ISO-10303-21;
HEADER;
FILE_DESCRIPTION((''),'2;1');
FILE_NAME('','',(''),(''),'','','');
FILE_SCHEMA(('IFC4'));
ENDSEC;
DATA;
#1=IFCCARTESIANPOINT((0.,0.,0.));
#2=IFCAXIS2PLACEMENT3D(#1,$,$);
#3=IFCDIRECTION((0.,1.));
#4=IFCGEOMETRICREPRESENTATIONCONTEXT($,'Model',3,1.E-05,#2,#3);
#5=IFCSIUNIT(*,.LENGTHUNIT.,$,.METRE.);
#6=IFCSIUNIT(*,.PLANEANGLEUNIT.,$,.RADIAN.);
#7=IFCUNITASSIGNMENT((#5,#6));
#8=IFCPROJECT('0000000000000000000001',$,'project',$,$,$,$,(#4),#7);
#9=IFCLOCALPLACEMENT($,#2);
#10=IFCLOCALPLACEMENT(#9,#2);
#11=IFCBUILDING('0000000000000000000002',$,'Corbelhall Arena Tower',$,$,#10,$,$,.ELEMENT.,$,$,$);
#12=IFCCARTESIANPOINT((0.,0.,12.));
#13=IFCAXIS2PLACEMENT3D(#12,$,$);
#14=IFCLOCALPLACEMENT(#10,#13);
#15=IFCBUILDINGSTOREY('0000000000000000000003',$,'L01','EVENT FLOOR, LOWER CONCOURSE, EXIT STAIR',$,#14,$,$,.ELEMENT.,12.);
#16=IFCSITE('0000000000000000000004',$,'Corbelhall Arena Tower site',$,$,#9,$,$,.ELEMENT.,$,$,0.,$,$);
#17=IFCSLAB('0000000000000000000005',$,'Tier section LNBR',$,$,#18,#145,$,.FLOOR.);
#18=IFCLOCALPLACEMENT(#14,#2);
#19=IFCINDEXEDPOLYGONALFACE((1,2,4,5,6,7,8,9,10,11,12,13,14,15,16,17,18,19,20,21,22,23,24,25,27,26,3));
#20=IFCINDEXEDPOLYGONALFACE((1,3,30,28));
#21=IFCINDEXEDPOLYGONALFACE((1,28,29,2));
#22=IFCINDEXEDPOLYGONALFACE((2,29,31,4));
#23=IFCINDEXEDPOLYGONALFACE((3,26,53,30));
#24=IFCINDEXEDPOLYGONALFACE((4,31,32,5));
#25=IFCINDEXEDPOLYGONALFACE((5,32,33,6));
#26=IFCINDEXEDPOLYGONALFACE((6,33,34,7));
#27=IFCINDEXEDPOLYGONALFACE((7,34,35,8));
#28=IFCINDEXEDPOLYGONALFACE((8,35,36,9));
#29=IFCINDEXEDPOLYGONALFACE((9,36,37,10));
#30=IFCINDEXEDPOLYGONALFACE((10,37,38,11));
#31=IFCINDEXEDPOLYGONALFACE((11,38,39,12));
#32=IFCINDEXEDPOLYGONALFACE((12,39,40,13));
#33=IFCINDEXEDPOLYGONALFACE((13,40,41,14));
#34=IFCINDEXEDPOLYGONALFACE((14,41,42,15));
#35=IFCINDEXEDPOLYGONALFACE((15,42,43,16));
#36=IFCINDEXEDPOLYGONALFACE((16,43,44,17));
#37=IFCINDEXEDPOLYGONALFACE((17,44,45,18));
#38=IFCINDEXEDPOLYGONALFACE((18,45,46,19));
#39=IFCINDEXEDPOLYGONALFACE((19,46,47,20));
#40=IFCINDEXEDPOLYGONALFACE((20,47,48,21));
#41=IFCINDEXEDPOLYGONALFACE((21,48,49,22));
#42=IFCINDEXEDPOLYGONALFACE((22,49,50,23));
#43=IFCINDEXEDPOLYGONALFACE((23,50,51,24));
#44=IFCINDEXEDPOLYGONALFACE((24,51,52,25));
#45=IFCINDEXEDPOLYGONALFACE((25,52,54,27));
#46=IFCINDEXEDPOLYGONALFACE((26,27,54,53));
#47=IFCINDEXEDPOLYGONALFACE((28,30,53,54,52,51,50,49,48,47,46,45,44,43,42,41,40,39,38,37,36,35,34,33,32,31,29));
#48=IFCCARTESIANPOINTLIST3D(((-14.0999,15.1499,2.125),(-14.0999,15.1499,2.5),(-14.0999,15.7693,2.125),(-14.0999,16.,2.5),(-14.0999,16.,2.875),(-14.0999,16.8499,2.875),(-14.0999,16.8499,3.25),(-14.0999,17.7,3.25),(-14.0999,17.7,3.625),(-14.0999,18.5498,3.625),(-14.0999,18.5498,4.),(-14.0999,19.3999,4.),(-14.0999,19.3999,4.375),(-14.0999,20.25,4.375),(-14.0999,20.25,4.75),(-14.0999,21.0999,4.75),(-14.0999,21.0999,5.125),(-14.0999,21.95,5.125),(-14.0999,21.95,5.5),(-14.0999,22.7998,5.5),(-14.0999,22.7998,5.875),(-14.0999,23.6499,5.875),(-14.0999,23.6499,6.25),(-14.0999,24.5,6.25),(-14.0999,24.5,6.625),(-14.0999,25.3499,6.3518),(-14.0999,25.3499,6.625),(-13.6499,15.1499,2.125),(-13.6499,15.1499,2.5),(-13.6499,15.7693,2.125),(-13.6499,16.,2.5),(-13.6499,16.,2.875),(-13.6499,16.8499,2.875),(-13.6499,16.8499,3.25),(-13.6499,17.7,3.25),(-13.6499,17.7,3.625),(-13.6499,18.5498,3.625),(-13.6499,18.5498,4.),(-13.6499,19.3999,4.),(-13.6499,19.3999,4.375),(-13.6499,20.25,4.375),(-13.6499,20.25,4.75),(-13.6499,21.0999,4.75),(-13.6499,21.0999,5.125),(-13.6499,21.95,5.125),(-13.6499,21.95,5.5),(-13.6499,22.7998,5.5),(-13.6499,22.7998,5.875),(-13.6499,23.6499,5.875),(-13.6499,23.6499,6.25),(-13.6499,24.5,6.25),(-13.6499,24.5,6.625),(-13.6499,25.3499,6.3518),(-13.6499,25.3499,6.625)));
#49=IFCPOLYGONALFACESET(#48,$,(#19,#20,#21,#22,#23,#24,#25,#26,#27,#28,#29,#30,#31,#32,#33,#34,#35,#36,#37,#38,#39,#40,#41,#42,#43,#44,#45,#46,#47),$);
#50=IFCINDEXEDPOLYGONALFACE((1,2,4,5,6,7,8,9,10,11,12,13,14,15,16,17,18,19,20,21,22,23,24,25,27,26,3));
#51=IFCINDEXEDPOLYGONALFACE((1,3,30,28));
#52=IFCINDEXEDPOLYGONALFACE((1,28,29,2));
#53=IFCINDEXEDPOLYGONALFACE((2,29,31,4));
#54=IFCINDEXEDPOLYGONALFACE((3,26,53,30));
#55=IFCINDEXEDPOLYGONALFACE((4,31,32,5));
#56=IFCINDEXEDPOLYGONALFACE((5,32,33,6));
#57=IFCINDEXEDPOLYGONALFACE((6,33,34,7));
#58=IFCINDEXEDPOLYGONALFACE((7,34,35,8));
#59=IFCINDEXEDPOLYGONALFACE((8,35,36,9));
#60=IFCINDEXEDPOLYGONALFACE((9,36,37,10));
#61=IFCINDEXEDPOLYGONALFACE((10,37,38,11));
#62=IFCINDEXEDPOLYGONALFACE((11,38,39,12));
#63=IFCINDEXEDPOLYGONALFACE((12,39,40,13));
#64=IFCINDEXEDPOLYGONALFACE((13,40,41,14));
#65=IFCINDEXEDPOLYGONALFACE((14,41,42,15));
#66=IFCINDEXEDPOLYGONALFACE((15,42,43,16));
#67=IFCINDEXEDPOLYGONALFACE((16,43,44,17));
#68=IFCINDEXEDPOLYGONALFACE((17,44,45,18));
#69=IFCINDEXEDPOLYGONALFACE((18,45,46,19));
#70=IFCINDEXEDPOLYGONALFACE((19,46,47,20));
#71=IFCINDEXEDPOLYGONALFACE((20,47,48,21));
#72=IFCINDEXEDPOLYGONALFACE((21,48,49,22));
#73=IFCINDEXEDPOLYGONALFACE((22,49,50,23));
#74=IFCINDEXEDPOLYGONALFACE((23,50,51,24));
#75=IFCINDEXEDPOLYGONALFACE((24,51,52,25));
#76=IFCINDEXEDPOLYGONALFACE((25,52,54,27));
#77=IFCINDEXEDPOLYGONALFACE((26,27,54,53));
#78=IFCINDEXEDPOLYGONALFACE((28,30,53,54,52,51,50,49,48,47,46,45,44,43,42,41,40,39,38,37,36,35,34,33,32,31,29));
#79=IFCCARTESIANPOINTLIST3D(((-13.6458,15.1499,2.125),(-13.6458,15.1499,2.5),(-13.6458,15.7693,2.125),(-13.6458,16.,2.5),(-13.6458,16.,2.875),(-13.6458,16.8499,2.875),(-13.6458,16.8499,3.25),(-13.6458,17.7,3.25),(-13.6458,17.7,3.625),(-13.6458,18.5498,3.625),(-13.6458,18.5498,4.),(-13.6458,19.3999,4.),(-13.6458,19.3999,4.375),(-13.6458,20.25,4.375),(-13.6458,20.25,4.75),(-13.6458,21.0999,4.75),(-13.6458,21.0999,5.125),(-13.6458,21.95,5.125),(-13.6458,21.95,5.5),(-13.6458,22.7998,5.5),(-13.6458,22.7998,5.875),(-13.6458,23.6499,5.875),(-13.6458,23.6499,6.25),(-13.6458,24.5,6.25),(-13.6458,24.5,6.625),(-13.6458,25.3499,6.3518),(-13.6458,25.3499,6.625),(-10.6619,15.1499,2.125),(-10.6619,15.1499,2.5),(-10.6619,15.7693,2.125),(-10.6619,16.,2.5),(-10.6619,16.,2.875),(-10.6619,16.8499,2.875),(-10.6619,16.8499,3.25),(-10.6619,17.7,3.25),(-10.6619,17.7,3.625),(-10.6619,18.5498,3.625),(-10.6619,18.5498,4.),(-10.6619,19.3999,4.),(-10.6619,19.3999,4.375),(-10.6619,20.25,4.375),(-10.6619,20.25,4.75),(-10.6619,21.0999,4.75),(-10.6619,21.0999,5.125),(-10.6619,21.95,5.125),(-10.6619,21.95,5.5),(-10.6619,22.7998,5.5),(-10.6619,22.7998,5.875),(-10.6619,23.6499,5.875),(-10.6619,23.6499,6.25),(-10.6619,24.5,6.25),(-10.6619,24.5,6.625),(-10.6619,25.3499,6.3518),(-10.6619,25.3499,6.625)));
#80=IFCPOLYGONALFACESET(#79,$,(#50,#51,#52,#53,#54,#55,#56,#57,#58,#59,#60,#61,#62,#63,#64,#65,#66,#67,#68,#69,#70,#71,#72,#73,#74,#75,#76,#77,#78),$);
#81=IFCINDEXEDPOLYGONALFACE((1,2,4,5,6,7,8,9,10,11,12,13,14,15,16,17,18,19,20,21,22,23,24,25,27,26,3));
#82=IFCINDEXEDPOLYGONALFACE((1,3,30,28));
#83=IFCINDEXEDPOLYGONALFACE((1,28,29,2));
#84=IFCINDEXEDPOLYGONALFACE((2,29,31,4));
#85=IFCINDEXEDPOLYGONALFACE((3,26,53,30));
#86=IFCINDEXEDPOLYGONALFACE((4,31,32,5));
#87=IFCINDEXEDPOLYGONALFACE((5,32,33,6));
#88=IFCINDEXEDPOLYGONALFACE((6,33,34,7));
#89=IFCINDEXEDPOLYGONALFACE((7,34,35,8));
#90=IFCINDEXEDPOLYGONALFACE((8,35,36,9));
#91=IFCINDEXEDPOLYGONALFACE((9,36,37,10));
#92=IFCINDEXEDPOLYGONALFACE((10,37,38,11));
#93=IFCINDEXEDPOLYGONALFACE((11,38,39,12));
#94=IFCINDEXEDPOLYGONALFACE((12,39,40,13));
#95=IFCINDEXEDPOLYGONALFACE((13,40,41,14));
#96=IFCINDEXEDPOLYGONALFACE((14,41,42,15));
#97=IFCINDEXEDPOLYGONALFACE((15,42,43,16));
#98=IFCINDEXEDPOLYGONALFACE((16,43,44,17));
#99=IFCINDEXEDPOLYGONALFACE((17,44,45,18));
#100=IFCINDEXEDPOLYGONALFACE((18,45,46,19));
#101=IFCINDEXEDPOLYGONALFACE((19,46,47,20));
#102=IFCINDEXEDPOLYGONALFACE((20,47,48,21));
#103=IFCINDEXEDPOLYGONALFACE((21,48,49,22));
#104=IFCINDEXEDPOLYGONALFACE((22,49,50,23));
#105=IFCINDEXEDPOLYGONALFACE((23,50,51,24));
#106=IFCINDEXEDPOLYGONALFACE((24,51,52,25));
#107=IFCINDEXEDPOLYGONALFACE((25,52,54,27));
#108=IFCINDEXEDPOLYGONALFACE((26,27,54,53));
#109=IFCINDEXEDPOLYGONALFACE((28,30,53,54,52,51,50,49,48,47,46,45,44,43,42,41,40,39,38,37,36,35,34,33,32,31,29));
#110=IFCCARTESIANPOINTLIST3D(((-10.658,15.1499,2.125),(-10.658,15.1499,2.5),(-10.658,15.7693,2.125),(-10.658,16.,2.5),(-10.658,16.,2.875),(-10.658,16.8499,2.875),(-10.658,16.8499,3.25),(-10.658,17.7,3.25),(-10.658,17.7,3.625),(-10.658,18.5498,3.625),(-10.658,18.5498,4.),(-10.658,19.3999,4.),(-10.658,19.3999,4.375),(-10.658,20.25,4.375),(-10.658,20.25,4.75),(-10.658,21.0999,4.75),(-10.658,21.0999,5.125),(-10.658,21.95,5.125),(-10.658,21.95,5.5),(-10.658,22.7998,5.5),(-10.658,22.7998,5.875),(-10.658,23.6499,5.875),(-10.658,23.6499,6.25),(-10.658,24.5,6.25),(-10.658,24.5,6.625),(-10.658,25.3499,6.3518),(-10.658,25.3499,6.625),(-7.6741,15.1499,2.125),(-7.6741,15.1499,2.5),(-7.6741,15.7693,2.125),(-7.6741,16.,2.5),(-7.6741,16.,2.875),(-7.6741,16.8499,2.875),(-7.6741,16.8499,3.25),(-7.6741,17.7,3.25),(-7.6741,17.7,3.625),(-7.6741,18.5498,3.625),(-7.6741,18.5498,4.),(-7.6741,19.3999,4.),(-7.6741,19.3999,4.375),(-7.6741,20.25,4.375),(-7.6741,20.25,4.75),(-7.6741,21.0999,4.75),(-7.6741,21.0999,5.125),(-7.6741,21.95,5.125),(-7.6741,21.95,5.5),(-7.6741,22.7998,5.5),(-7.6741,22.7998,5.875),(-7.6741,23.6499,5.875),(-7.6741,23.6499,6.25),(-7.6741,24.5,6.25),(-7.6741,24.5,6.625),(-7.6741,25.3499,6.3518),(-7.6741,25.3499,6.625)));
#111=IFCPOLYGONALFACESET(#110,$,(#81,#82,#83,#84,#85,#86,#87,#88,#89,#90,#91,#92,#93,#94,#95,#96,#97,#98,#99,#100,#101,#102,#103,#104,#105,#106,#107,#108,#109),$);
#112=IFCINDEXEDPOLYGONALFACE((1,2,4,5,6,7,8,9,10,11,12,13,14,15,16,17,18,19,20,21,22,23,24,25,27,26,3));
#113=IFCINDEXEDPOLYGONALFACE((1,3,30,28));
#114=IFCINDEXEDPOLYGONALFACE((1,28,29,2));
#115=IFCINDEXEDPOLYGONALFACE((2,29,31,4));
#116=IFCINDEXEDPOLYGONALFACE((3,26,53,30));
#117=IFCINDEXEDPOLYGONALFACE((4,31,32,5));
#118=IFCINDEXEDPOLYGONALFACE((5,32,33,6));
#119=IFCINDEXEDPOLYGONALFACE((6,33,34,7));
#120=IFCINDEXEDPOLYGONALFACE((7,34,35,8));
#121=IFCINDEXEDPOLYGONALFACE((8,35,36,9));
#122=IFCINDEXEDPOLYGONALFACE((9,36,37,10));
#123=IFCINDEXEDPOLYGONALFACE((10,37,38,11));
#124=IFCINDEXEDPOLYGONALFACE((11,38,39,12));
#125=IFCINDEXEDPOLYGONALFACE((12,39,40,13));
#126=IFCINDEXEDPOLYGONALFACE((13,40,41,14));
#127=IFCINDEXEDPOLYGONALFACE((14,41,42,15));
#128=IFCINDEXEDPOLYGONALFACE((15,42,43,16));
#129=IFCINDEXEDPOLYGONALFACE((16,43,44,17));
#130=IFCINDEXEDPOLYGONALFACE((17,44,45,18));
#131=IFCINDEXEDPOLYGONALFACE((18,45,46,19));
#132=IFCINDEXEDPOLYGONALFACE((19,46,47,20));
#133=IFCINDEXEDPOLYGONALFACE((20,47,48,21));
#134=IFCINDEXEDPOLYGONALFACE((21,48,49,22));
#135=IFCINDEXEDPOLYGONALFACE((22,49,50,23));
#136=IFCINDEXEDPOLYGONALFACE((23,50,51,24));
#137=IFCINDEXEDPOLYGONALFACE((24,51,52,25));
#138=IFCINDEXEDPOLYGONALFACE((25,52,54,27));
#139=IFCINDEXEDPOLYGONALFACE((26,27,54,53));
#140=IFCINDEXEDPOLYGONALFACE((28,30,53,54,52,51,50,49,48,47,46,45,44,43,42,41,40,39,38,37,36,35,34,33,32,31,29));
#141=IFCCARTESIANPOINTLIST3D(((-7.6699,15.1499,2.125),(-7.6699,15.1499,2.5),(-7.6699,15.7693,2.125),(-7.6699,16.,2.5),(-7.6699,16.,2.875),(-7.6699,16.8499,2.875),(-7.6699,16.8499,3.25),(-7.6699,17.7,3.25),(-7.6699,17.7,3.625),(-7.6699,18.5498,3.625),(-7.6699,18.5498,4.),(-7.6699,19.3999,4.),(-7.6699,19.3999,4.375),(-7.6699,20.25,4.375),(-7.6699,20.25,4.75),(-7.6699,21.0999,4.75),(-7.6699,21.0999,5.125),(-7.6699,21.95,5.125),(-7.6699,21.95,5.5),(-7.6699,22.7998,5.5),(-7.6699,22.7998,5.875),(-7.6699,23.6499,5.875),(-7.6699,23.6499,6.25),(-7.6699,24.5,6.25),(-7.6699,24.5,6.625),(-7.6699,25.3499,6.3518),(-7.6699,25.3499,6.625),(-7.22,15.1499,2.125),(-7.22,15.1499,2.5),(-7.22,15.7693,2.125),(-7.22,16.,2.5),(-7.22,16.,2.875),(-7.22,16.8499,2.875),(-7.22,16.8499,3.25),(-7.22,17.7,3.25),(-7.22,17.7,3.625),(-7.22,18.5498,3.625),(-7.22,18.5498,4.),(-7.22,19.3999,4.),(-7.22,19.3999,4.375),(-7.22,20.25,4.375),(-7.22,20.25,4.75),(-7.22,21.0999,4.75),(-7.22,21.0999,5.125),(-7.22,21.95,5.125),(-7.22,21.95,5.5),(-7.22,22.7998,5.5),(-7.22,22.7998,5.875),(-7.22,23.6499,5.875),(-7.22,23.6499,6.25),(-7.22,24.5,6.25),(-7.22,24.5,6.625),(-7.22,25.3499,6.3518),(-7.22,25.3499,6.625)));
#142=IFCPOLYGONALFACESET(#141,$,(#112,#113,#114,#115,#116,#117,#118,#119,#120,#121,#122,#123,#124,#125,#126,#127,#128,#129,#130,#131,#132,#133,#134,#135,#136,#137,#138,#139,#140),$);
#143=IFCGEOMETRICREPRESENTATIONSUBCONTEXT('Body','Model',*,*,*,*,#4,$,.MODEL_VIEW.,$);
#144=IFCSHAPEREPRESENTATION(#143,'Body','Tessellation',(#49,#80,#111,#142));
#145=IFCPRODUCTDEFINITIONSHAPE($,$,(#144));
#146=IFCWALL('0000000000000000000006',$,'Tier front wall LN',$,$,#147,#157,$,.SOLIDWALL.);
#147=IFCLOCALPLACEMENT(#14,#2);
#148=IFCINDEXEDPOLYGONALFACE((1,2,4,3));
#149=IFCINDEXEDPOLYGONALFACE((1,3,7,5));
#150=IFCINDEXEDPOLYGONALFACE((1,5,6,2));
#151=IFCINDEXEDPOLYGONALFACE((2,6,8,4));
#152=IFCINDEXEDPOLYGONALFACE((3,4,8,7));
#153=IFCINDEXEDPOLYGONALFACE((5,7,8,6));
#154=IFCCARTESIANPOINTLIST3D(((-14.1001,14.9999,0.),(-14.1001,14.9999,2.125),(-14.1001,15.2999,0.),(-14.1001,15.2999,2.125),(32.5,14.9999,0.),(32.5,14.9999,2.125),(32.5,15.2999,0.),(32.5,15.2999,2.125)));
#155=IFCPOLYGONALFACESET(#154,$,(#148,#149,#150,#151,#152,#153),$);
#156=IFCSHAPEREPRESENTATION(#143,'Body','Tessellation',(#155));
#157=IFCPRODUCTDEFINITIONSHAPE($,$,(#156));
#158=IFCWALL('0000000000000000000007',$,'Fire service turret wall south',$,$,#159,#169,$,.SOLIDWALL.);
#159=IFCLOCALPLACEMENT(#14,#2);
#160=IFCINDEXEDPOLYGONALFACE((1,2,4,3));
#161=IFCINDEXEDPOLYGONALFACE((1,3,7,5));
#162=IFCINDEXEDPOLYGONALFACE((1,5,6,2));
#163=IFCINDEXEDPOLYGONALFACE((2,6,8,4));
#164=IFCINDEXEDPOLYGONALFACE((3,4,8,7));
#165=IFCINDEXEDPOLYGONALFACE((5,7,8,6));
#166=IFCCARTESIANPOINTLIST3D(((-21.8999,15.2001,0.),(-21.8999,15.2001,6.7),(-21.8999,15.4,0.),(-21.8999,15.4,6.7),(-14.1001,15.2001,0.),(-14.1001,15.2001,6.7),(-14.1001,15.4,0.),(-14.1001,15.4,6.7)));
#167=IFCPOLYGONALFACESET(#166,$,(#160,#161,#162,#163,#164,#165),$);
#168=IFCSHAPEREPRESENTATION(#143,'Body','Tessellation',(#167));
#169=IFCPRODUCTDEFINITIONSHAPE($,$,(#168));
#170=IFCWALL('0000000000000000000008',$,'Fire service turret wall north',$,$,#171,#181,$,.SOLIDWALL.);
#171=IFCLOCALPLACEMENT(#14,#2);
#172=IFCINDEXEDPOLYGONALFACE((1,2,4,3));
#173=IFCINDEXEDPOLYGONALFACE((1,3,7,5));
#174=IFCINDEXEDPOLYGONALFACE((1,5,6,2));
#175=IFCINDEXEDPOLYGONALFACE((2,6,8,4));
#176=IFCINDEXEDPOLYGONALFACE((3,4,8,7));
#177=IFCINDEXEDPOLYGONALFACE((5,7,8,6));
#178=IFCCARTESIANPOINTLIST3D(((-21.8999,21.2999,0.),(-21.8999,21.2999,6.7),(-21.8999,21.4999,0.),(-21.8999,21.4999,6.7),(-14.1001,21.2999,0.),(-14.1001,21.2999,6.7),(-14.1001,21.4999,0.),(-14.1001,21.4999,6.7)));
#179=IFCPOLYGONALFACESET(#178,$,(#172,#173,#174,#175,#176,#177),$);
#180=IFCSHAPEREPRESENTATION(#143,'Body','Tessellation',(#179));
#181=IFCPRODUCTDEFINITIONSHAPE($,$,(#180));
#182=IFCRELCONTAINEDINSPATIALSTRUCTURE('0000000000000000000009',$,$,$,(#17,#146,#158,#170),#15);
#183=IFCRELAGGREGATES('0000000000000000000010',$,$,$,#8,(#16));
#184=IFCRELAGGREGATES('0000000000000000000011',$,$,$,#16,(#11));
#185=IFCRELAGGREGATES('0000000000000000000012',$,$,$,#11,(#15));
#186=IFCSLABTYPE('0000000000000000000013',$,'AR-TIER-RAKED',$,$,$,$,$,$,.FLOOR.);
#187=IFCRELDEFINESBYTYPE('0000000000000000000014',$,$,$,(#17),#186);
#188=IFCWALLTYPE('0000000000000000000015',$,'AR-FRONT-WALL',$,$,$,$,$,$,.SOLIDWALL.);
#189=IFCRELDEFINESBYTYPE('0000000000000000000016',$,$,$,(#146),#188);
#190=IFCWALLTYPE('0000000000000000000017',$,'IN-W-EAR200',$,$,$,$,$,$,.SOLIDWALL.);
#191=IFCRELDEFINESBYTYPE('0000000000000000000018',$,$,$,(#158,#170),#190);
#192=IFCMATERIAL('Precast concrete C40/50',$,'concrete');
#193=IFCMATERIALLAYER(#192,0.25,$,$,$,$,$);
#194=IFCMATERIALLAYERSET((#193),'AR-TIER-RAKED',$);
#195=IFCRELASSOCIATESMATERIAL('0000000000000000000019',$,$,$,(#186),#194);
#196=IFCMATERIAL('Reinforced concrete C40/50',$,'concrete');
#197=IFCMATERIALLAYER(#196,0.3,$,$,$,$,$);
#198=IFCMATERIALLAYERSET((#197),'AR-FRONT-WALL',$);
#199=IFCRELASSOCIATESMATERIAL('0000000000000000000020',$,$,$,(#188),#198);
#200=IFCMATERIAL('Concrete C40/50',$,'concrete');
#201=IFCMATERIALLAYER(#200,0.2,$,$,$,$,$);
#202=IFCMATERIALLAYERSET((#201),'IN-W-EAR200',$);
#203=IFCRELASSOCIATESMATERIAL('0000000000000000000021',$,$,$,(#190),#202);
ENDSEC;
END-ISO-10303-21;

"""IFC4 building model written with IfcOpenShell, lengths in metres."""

from ifc_helpers import new_model, si_unit, direction, frame, frame_2d, origin, place, context, subcontext, project, spatial, polyline, rectangle, outline, extrude, material, layer, layer_set, type_object, element, save


model = new_model("IFC4")

# Units and contexts
model_context = context("Model", 3, precision=1e-05, world=origin(), true_north=direction((0.0, 1.0)))
body_context = subcontext(model_context, "Body", "Model", "MODEL_VIEW")
ifc_project = project(units=[si_unit("LENGTHUNIT", "METRE"), si_unit("PLANEANGLEUNIT", "RADIAN")], contexts=[model_context])

# Site, building, storey
site_placement = place(None, origin())
site = spatial("IfcSite", under=ifc_project, at=site_placement, Name="Corbelhall Arena Tower site", CompositionType="ELEMENT", RefElevation=0.0)
building_placement = place(site_placement, origin())
building = spatial("IfcBuilding", under=site, at=building_placement, Name="Corbelhall Arena Tower", CompositionType="ELEMENT")
storey_placement = place(building_placement, frame((0.0, 0.0, 12.0)))
storey = spatial("IfcBuildingStorey", under=building, at=storey_placement, Name="L01", Description="EVENT FLOOR, LOWER CONCOURSE, EXIT STAIR", CompositionType="ELEMENT", Elevation=12.0)

# Shared definitions
ifc_material_1 = material(Name="Precast concrete C40/50", Category="concrete")

# Shared definitions
ifc_material_2 = material(Name="Reinforced concrete C40/50", Category="concrete")

# Slab
ifc_layer_1 = layer(ifc_material_1, 0.25)
ifc_layer_set_1 = layer_set([ifc_layer_1], Name="AR-TIER-RAKED")
slab_type_1 = type_object("IfcSlabType", Name="AR-TIER-RAKED", PredefinedType="FLOOR", material=ifc_layer_set_1)
slab_1_placement = place(storey_placement, frame((-10.6599, 15.1499, 2.125), z_axis=(0.0, 0.0, 1.0), x_axis=(0.0, 1.0, 0.0)))
element("IfcSlab", 1, at=slab_1_placement, inside=storey, type_object=slab_type_1, Name="Tier section LNBR", PredefinedType="FLOOR", context=body_context, shape_type="SweptSolid", body=[
    extrude(outline(polyline([(0.0, 0.0), (0.0, 0.375), (0.8501, 0.375), (0.8501, 0.75), (1.7, 0.75), (1.7, 1.125), (2.55, 1.125), (2.55, 1.5), (3.3999, 1.5), (3.3999, 1.875), (4.25, 1.875), (4.25, 2.25), (5.1001, 2.25), (5.1001, 2.625), (5.95, 2.625), (5.95, 3.0), (6.8, 3.0), (6.8, 3.375), (7.6499, 3.375), (7.6499, 3.75), (8.5, 3.75), (8.5, 4.125), (9.3501, 4.125), (9.3501, 4.5), (10.2, 4.5), (10.2, 4.875), (10.2, 4.2268), (0.6194, 0.0), (0.0, 0.0)])), frame((0.0, 3.4399, 0.0), z_axis=(0.0, -1.0, 0.0), x_axis=(1.0, 0.0, 0.0)), (0.0, 0.0, 1.0), 0.45),
    extrude(outline(polyline([(0.0, 0.0), (0.0, 0.375), (0.8501, 0.375), (0.8501, 0.75), (1.7, 0.75), (1.7, 1.125), (2.55, 1.125), (2.55, 1.5), (3.3999, 1.5), (3.3999, 1.875), (4.25, 1.875), (4.25, 2.25), (5.1001, 2.25), (5.1001, 2.625), (5.95, 2.625), (5.95, 3.0), (6.8, 3.0), (6.8, 3.375), (7.6499, 3.375), (7.6499, 3.75), (8.5, 3.75), (8.5, 4.125), (9.3501, 4.125), (9.3501, 4.5), (10.2, 4.5), (10.2, 4.875), (10.2, 4.2268), (0.6194, 0.0), (0.0, 0.0)])), frame((0.0, 2.9858, 0.0), z_axis=(0.0, -1.0, 0.0), x_axis=(1.0, 0.0, 0.0)), (0.0, 0.0, 1.0), 2.9839),
    extrude(outline(polyline([(0.0, 0.0), (0.0, 0.375), (0.8501, 0.375), (0.8501, 0.75), (1.7, 0.75), (1.7, 1.125), (2.55, 1.125), (2.55, 1.5), (3.3999, 1.5), (3.3999, 1.875), (4.25, 1.875), (4.25, 2.25), (5.1001, 2.25), (5.1001, 2.625), (5.95, 2.625), (5.95, 3.0), (6.8, 3.0), (6.8, 3.375), (7.6499, 3.375), (7.6499, 3.75), (8.5, 3.75), (8.5, 4.125), (9.3501, 4.125), (9.3501, 4.5), (10.2, 4.5), (10.2, 4.875), (10.2, 4.2268), (0.6194, 0.0), (0.0, 0.0)])), frame((0.0, -0.002, 0.0), z_axis=(0.0, -1.0, 0.0), x_axis=(1.0, 0.0, 0.0)), (0.0, 0.0, 1.0), 2.9839),
    extrude(outline(polyline([(0.0, 0.0), (0.0, 0.375), (0.8501, 0.375), (0.8501, 0.75), (1.7, 0.75), (1.7, 1.125), (2.55, 1.125), (2.55, 1.5), (3.3999, 1.5), (3.3999, 1.875), (4.25, 1.875), (4.25, 2.25), (5.1001, 2.25), (5.1001, 2.625), (5.95, 2.625), (5.95, 3.0), (6.8, 3.0), (6.8, 3.375), (7.6499, 3.375), (7.6499, 3.75), (8.5, 3.75), (8.5, 4.125), (9.3501, 4.125), (9.3501, 4.5), (10.2, 4.5), (10.2, 4.875), (10.2, 4.2268), (0.6194, 0.0), (0.0, 0.0)])), frame((0.0, -2.99, 0.0), z_axis=(0.0, -1.0, 0.0), x_axis=(1.0, 0.0, 0.0)), (0.0, 0.0, 1.0), 0.45),
])

# Walls
ifc_layer_2 = layer(ifc_material_2, 0.3)
ifc_layer_set_2 = layer_set([ifc_layer_2], Name="AR-FRONT-WALL")
wall_type_1 = type_object("IfcWallType", Name="AR-FRONT-WALL", PredefinedType="SOLIDWALL", material=ifc_layer_set_2)
wall_1_placement = place(storey_placement, frame((-14.1001, 15.1499, 0.0), z_axis=(0.0, 0.0, 1.0), x_axis=(1.0, 0.0, 0.0)))
element("IfcWall", 2, at=wall_1_placement, inside=storey, type_object=wall_type_1, Name="Tier front wall LN", PredefinedType="SOLIDWALL", context=body_context, shape_type="SweptSolid", body=[
    extrude(rectangle(XDim=46.6001, YDim=0.3, at=frame_2d((23.3, 0.0))), origin(), (0.0, 0.0, 1.0), 2.125),
])
ifc_material_3 = material(Name="Concrete C40/50", Category="concrete")
ifc_layer_3 = layer(ifc_material_3, 0.2)
ifc_layer_set_3 = layer_set([ifc_layer_3], Name="IN-W-EAR200")
wall_type_2 = type_object("IfcWallType", Name="IN-W-EAR200", PredefinedType="SOLIDWALL", material=ifc_layer_set_3)
for number, where, z_axis, x_axis, name in (
    (3, (-21.8999, 15.3, 0.0), (0.0, 0.0, 1.0), (1.0, 0.0, 0.0), "Fire service turret wall south"),
    (4, (-21.8999, 21.3999, 0.0), (0.0, 0.0, 1.0), (1.0, 0.0, 0.0), "Fire service turret wall north"),
):
    element("IfcWall", number, at=place(storey_placement, frame(where, z_axis=z_axis, x_axis=x_axis)), inside=storey, type_object=wall_type_2, Name=name, PredefinedType="SOLIDWALL", context=body_context, shape_type="SweptSolid", body=[
        extrude(rectangle(XDim=7.7998, YDim=0.2, at=frame_2d((3.8999, 0.0))), origin(), (0.0, 0.0, 1.0), 6.7),
    ])

save(model, "model.ifc")
